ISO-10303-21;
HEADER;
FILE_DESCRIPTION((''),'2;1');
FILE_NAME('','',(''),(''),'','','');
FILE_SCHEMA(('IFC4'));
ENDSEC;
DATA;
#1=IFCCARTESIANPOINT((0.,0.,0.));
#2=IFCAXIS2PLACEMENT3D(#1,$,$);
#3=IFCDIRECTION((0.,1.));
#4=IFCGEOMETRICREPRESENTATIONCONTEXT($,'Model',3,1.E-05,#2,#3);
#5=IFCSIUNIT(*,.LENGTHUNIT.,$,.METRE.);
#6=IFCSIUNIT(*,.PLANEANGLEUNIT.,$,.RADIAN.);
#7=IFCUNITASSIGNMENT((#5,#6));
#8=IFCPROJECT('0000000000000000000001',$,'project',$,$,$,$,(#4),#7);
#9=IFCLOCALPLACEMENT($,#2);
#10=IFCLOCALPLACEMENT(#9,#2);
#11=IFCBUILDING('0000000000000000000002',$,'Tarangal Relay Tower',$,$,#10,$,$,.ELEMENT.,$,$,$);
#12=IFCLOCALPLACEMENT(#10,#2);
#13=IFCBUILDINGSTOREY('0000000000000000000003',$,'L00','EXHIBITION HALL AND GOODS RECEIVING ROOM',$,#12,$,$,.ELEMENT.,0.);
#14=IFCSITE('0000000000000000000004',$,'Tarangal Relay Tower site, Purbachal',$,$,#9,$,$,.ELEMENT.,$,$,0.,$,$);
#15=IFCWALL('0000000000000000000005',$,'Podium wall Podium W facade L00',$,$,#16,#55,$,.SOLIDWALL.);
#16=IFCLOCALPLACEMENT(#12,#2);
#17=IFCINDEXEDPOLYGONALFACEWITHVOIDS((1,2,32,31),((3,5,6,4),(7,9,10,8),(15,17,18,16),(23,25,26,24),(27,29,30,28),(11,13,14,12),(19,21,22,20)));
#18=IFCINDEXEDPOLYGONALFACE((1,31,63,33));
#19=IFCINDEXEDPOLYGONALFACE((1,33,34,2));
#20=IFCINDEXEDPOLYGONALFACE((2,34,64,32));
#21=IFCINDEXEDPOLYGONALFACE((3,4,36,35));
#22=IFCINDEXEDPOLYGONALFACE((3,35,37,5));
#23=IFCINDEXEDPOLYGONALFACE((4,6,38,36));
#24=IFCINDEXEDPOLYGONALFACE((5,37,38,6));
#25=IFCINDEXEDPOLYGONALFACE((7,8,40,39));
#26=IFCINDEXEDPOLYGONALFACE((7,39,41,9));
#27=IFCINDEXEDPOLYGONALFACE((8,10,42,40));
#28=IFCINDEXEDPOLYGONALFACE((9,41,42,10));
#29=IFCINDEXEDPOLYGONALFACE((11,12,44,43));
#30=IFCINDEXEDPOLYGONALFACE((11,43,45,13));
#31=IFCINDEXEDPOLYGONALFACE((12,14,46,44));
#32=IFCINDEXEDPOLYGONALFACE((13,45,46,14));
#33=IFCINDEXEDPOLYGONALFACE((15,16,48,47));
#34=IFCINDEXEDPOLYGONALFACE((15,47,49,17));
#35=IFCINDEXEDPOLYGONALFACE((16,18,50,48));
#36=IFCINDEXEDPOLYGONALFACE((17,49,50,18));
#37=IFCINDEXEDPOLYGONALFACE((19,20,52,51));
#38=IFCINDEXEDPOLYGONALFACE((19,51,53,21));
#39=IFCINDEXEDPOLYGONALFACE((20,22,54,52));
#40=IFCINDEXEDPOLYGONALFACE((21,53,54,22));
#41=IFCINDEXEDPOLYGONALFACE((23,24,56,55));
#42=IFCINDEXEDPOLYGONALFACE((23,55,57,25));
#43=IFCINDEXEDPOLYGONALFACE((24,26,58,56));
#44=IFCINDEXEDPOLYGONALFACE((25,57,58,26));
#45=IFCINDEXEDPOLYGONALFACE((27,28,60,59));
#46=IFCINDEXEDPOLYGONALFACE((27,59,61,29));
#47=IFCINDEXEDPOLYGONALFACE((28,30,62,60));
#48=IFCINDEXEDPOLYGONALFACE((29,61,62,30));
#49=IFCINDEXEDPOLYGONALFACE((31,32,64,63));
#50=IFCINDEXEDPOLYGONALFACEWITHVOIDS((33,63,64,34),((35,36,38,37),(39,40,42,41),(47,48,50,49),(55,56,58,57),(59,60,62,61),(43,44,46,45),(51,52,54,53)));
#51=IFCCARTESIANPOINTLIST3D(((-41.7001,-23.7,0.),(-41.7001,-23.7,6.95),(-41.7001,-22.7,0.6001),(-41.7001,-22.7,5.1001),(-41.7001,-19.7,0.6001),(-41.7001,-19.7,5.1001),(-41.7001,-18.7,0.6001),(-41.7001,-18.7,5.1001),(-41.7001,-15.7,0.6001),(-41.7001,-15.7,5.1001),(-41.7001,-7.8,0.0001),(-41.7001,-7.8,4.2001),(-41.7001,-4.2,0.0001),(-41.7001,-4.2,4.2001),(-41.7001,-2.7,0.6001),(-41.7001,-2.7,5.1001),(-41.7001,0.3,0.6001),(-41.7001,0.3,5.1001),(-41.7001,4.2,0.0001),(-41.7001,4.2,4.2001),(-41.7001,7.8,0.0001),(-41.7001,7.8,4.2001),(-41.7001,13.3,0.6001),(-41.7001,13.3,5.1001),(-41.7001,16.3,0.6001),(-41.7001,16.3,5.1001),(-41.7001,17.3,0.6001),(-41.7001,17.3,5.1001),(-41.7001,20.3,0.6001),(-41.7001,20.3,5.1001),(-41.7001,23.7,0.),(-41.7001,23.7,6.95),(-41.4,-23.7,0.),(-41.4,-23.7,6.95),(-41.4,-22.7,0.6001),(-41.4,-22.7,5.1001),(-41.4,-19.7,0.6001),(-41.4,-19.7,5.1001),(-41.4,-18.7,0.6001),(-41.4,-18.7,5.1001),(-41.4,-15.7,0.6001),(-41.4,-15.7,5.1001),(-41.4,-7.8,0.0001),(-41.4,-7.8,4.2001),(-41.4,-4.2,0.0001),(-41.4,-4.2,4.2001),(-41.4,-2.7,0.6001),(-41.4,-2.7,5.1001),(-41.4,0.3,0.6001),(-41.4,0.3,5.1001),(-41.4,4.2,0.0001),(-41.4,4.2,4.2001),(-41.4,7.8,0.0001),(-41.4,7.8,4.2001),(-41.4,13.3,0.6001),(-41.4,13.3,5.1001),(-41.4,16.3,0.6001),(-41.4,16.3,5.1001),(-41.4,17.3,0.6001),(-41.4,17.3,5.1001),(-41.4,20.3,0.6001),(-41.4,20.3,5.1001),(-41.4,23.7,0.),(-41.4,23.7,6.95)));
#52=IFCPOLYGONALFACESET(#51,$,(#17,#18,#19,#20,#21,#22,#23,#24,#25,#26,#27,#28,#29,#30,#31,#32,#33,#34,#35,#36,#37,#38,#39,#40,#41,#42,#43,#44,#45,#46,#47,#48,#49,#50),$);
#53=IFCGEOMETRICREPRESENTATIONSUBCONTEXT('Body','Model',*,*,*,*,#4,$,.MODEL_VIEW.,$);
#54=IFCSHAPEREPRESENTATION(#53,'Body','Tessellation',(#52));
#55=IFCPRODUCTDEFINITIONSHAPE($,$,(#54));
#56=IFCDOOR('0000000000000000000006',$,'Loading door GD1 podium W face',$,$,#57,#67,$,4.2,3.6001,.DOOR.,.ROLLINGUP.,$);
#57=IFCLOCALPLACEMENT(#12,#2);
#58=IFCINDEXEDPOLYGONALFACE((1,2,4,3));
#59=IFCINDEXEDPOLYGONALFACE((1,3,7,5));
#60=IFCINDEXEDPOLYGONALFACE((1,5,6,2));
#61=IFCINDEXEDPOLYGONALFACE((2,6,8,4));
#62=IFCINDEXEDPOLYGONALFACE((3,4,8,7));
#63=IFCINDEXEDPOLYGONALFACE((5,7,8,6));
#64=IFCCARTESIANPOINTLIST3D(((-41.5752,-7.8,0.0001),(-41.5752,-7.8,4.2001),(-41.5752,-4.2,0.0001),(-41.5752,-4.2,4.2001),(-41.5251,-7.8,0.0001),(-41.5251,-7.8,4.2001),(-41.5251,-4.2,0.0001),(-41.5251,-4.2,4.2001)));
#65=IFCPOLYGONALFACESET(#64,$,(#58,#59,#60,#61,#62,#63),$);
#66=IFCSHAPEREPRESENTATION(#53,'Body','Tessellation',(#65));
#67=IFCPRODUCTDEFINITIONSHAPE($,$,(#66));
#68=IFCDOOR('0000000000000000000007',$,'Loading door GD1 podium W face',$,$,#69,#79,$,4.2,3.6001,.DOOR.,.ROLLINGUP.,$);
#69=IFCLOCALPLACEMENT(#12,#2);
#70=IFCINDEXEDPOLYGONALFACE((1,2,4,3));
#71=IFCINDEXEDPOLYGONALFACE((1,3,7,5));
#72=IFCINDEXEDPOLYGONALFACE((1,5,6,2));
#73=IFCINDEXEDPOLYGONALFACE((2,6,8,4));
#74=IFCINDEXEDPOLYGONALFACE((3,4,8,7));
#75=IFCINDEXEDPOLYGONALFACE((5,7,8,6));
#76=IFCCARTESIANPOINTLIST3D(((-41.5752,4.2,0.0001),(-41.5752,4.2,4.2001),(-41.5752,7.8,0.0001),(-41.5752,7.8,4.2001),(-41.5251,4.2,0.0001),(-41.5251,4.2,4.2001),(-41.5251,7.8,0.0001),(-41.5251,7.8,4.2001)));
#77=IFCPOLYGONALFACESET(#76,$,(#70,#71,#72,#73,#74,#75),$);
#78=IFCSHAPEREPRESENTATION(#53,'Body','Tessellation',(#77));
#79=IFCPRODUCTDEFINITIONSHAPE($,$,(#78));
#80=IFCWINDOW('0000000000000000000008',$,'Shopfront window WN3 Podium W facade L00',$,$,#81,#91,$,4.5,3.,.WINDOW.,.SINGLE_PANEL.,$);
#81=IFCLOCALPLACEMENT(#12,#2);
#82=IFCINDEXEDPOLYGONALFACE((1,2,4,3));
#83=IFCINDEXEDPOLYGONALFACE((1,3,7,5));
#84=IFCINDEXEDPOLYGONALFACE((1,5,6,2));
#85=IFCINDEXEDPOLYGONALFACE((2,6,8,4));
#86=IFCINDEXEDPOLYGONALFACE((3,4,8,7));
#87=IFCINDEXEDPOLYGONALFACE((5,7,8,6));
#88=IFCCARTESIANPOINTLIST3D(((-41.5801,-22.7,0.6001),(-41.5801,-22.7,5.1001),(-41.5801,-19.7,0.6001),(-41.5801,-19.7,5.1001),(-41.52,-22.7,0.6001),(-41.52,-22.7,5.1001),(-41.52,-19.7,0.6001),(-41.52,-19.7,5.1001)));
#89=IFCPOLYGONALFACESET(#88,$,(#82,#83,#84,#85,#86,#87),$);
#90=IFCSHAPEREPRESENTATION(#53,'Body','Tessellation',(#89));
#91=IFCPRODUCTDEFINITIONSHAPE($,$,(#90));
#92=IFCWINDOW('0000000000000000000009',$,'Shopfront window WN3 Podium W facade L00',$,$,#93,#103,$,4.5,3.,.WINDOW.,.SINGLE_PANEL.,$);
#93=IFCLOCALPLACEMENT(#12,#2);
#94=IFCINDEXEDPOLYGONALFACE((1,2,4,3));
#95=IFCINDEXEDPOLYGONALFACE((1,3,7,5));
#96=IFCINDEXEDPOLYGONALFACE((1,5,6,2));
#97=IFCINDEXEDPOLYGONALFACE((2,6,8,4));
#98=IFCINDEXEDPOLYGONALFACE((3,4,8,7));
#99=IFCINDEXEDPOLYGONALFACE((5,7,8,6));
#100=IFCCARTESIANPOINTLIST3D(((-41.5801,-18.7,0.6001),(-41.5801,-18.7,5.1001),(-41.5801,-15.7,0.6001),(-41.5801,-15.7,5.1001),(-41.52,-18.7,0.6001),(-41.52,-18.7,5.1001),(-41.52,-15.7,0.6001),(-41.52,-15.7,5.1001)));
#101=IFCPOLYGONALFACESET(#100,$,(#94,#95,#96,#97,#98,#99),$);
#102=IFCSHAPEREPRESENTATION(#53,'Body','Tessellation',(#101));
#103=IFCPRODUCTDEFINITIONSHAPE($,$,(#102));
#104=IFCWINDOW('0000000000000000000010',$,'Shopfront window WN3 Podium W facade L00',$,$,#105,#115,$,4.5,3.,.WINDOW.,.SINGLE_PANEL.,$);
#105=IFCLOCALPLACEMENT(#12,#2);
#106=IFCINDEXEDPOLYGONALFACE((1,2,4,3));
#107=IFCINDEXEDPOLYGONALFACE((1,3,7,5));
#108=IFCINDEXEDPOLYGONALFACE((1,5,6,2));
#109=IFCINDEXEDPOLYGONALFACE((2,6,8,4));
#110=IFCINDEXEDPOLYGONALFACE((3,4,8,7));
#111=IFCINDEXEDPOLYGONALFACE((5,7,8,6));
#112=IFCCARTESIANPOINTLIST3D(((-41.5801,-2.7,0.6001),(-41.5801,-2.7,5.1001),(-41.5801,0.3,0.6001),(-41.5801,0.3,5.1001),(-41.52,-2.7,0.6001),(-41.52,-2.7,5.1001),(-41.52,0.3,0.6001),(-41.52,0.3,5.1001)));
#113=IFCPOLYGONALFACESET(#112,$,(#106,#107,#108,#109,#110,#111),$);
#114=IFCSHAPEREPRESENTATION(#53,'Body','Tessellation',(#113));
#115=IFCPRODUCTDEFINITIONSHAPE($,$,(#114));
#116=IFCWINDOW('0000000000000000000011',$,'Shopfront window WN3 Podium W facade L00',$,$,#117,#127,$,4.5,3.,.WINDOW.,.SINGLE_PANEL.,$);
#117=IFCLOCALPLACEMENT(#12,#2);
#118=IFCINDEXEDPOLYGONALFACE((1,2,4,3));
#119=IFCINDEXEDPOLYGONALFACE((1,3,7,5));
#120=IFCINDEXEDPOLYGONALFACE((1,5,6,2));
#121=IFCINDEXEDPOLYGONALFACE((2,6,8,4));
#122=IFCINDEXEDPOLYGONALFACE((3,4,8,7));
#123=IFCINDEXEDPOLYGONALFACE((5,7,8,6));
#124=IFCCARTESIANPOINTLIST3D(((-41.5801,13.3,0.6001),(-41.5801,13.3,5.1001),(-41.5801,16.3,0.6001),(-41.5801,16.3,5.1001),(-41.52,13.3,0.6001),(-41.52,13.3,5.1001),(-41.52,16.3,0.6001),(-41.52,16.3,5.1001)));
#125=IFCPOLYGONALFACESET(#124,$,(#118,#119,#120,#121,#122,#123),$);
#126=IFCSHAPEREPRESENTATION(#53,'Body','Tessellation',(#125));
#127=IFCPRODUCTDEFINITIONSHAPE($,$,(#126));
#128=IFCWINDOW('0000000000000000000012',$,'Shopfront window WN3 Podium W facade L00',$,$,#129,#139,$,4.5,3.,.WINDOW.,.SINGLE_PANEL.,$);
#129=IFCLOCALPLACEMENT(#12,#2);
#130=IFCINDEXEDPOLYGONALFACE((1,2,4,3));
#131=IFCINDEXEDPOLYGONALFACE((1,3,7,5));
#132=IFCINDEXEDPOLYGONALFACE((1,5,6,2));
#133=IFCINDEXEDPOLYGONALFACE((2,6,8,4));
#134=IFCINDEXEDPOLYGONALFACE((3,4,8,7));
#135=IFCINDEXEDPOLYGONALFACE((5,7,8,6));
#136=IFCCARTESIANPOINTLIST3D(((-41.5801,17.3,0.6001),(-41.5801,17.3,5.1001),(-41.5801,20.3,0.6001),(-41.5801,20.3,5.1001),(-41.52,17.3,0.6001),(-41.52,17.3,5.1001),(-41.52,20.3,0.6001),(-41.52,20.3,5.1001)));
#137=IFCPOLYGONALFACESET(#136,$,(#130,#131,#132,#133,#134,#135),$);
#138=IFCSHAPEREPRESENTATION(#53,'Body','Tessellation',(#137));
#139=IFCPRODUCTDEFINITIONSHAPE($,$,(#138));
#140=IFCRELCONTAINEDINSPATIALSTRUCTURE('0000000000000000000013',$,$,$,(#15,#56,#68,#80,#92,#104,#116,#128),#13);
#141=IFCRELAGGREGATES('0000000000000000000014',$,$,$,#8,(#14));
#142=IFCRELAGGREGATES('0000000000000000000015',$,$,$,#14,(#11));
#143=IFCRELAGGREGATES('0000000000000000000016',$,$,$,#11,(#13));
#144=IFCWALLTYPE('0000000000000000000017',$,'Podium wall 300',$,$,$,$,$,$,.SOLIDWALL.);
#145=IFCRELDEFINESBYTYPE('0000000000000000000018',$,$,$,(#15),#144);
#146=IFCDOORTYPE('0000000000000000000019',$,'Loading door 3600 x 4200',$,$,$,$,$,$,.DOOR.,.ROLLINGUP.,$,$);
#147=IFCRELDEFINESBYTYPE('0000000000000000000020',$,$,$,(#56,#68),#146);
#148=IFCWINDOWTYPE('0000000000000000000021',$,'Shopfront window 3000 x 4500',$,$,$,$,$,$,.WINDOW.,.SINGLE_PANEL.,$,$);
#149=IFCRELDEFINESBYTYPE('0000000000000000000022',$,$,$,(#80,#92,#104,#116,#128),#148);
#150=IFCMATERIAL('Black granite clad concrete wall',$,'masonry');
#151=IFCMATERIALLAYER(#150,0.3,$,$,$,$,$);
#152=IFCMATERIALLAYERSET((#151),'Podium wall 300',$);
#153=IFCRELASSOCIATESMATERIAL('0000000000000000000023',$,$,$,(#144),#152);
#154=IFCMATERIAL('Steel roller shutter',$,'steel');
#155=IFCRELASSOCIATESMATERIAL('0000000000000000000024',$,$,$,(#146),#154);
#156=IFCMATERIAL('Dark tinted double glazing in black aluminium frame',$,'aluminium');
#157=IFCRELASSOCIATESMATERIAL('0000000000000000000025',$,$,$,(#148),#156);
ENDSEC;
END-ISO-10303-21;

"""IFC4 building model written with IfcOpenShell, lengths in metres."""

from ifc_helpers import new_model, si_unit, direction, frame, frame_2d, origin, place, context, subcontext, project, spatial, rectangle, extrude, material, layer, layer_set, type_object, element, fill, save


model = new_model("IFC4")

# Units and contexts
model_context = context("Model", 3, precision=1e-05, world=origin(), true_north=direction((0.0, 1.0)))
body_context = subcontext(model_context, "Body", "Model", "MODEL_VIEW")
ifc_project = project(units=[si_unit("LENGTHUNIT", "METRE"), si_unit("PLANEANGLEUNIT", "RADIAN")], contexts=[model_context])

# Site, building, storey
site_placement = place(None, origin())
site = spatial("IfcSite", under=ifc_project, at=site_placement, Name="Tarangal Relay Tower site, Purbachal", CompositionType="ELEMENT", RefElevation=0.0)
building_placement = place(site_placement, origin())
building = spatial("IfcBuilding", under=site, at=building_placement, Name="Tarangal Relay Tower", CompositionType="ELEMENT")
storey_placement = place(building_placement, origin())
storey = spatial("IfcBuildingStorey", under=building, at=storey_placement, Name="L00", Description="EXHIBITION HALL AND GOODS RECEIVING ROOM", CompositionType="ELEMENT", Elevation=0.0)

# Shared definitions
ifc_material_1 = material(Name="Black granite clad concrete wall", Category="masonry")
ifc_layer_1 = layer(ifc_material_1, 0.3)
ifc_layer_set_1 = layer_set([ifc_layer_1], Name="Podium wall 300")
wall_type_1 = type_object("IfcWallType", Name="Podium wall 300", PredefinedType="SOLIDWALL", material=ifc_layer_set_1)

# Wall, openings, doors, windows
wall_1_placement = place(storey_placement, frame((-41.55, 23.7, 0.0), z_axis=(0.0, 0.0, 1.0), x_axis=(0.0, -1.0, 0.0)))
wall_1 = element("IfcWall", 1, at=wall_1_placement, inside=storey, type_object=wall_type_1, Name="Podium wall Podium W facade L00", PredefinedType="SOLIDWALL", context=body_context, shape_type="SweptSolid", body=[
    extrude(rectangle(XDim=47.3999, YDim=0.3, at=frame_2d((23.7, 0.0))), origin(), (0.0, 0.0, 1.0), 6.95),
])
opening_1_placement = place(wall_1_placement, frame((27.8999, 0.0, 0.0)))
opening_1 = element("IfcOpeningElement", 2, at=opening_1_placement, cuts=wall_1, PredefinedType="OPENING", context=body_context, shape_type="SweptSolid", body=[
    extrude(rectangle(XDim=3.6001, YDim=4.2, at=frame_2d((1.8, 2.1001))), frame((0.0, 0.1599, 0.0), z_axis=(0.0, -1.0, 0.0), x_axis=(1.0, 0.0, 0.0)), (0.0, 0.0, 1.0), 0.3201),
])
opening_2_placement = place(wall_1_placement, frame((15.8999, 0.0, 0.0)))
opening_2 = element("IfcOpeningElement", 3, at=opening_2_placement, cuts=wall_1, PredefinedType="OPENING", context=body_context, shape_type="SweptSolid", body=[
    extrude(rectangle(XDim=3.6001, YDim=4.2, at=frame_2d((1.8, 2.1001))), frame((0.0, 0.1599, 0.0), z_axis=(0.0, -1.0, 0.0), x_axis=(1.0, 0.0, 0.0)), (0.0, 0.0, 1.0), 0.3201),
])
opening_3_placement = place(wall_1_placement, frame((43.3999, 0.0, 0.6001)))
opening_3 = element("IfcOpeningElement", 4, at=opening_3_placement, cuts=wall_1, PredefinedType="OPENING", context=body_context, shape_type="SweptSolid", body=[
    extrude(rectangle(XDim=3.0, YDim=4.5, at=frame_2d((1.5, 2.25))), frame((0.0, 0.1599, 0.0), z_axis=(0.0, -1.0, 0.0), x_axis=(1.0, 0.0, 0.0)), (0.0, 0.0, 1.0), 0.3201),
])
opening_4_placement = place(wall_1_placement, frame((39.3999, 0.0, 0.6001)))
opening_4 = element("IfcOpeningElement", 5, at=opening_4_placement, cuts=wall_1, PredefinedType="OPENING", context=body_context, shape_type="SweptSolid", body=[
    extrude(rectangle(XDim=3.0, YDim=4.5, at=frame_2d((1.5, 2.25))), frame((0.0, 0.1599, 0.0), z_axis=(0.0, -1.0, 0.0), x_axis=(1.0, 0.0, 0.0)), (0.0, 0.0, 1.0), 0.3201),
])
opening_5_placement = place(wall_1_placement, frame((23.3999, 0.0, 0.6001)))
opening_5 = element("IfcOpeningElement", 6, at=opening_5_placement, cuts=wall_1, PredefinedType="OPENING", context=body_context, shape_type="SweptSolid", body=[
    extrude(rectangle(XDim=3.0, YDim=4.5, at=frame_2d((1.5, 2.25))), frame((0.0, 0.1599, 0.0), z_axis=(0.0, -1.0, 0.0), x_axis=(1.0, 0.0, 0.0)), (0.0, 0.0, 1.0), 0.3201),
])
opening_6_placement = place(wall_1_placement, frame((7.3999, 0.0, 0.6001)))
opening_6 = element("IfcOpeningElement", 7, at=opening_6_placement, cuts=wall_1, PredefinedType="OPENING", context=body_context, shape_type="SweptSolid", body=[
    extrude(rectangle(XDim=3.0, YDim=4.5, at=frame_2d((1.5, 2.25))), frame((0.0, 0.1599, 0.0), z_axis=(0.0, -1.0, 0.0), x_axis=(1.0, 0.0, 0.0)), (0.0, 0.0, 1.0), 0.3201),
])
opening_7_placement = place(wall_1_placement, frame((3.3999, 0.0, 0.6001)))
opening_7 = element("IfcOpeningElement", 8, at=opening_7_placement, cuts=wall_1, PredefinedType="OPENING", context=body_context, shape_type="SweptSolid", body=[
    extrude(rectangle(XDim=3.0, YDim=4.5, at=frame_2d((1.5, 2.25))), frame((0.0, 0.1599, 0.0), z_axis=(0.0, -1.0, 0.0), x_axis=(1.0, 0.0, 0.0)), (0.0, 0.0, 1.0), 0.3201),
])
ifc_material_2 = material(Name="Steel roller shutter", Category="steel")
door_type_1 = type_object("IfcDoorType", Name="Loading door 3600 x 4200", OperationType="ROLLINGUP", PredefinedType="DOOR", material=ifc_material_2)
door_1_placement = place(opening_1_placement, origin())
door_1 = element("IfcDoor", 9, at=door_1_placement, inside=storey, type_object=door_type_1, Name="Loading door GD1 podium W face", OperationType="ROLLINGUP", OverallHeight=4.2, OverallWidth=3.6001, PredefinedType="DOOR", context=body_context, shape_type="SweptSolid", body=[
    extrude(rectangle(XDim=3.6001, YDim=4.2, at=frame_2d((1.8, 2.1001))), frame((0.0, 0.0249, 0.0), z_axis=(0.0, -1.0, 0.0), x_axis=(1.0, 0.0, 0.0)), (0.0, 0.0, 1.0), 0.05),
])
fill(opening_1, door_1)
door_2_placement = place(opening_2_placement, origin())
door_2 = element("IfcDoor", 10, at=door_2_placement, inside=storey, type_object=door_type_1, Name="Loading door GD1 podium W face", OperationType="ROLLINGUP", OverallHeight=4.2, OverallWidth=3.6001, PredefinedType="DOOR", context=body_context, shape_type="SweptSolid", body=[
    extrude(rectangle(XDim=3.6001, YDim=4.2, at=frame_2d((1.8, 2.1001))), frame((0.0, 0.0249, 0.0), z_axis=(0.0, -1.0, 0.0), x_axis=(1.0, 0.0, 0.0)), (0.0, 0.0, 1.0), 0.05),
])
fill(opening_2, door_2)
ifc_material_3 = material(Name="Dark tinted double glazing in black aluminium frame", Category="aluminium")
window_type = type_object("IfcWindowType", Name="Shopfront window 3000 x 4500", PartitioningType="SINGLE_PANEL", PredefinedType="WINDOW", material=ifc_material_3)
window_1_placement = place(opening_3_placement, origin())
window_1 = element("IfcWindow", 11, at=window_1_placement, inside=storey, type_object=window_type, Name="Shopfront window WN3 Podium W facade L00", OverallHeight=4.5, OverallWidth=3.0, PartitioningType="SINGLE_PANEL", PredefinedType="WINDOW", context=body_context, shape_type="SweptSolid", body=[
    extrude(rectangle(XDim=3.0, YDim=4.5, at=frame_2d((1.5, 2.25))), frame((0.0, 0.03, 0.0), z_axis=(0.0, -1.0, 0.0), x_axis=(1.0, 0.0, 0.0)), (0.0, 0.0, 1.0), 0.0601),
])
fill(opening_3, window_1)
window_2_placement = place(opening_4_placement, origin())
window_2 = element("IfcWindow", 12, at=window_2_placement, inside=storey, type_object=window_type, Name="Shopfront window WN3 Podium W facade L00", OverallHeight=4.5, OverallWidth=3.0, PartitioningType="SINGLE_PANEL", PredefinedType="WINDOW", context=body_context, shape_type="SweptSolid", body=[
    extrude(rectangle(XDim=3.0, YDim=4.5, at=frame_2d((1.5, 2.25))), frame((0.0, 0.03, 0.0), z_axis=(0.0, -1.0, 0.0), x_axis=(1.0, 0.0, 0.0)), (0.0, 0.0, 1.0), 0.0601),
])
fill(opening_4, window_2)
window_3_placement = place(opening_5_placement, origin())
window_3 = element("IfcWindow", 13, at=window_3_placement, inside=storey, type_object=window_type, Name="Shopfront window WN3 Podium W facade L00", OverallHeight=4.5, OverallWidth=3.0, PartitioningType="SINGLE_PANEL", PredefinedType="WINDOW", context=body_context, shape_type="SweptSolid", body=[
    extrude(rectangle(XDim=3.0, YDim=4.5, at=frame_2d((1.5, 2.25))), frame((0.0, 0.03, 0.0), z_axis=(0.0, -1.0, 0.0), x_axis=(1.0, 0.0, 0.0)), (0.0, 0.0, 1.0), 0.0601),
])
fill(opening_5, window_3)
window_4_placement = place(opening_6_placement, origin())
window_4 = element("IfcWindow", 14, at=window_4_placement, inside=storey, type_object=window_type, Name="Shopfront window WN3 Podium W facade L00", OverallHeight=4.5, OverallWidth=3.0, PartitioningType="SINGLE_PANEL", PredefinedType="WINDOW", context=body_context, shape_type="SweptSolid", body=[
    extrude(rectangle(XDim=3.0, YDim=4.5, at=frame_2d((1.5, 2.25))), frame((0.0, 0.03, 0.0), z_axis=(0.0, -1.0, 0.0), x_axis=(1.0, 0.0, 0.0)), (0.0, 0.0, 1.0), 0.0601),
])
fill(opening_6, window_4)
window_5_placement = place(opening_7_placement, origin())
window_5 = element("IfcWindow", 15, at=window_5_placement, inside=storey, type_object=window_type, Name="Shopfront window WN3 Podium W facade L00", OverallHeight=4.5, OverallWidth=3.0, PartitioningType="SINGLE_PANEL", PredefinedType="WINDOW", context=body_context, shape_type="SweptSolid", body=[
    extrude(rectangle(XDim=3.0, YDim=4.5, at=frame_2d((1.5, 2.25))), frame((0.0, 0.03, 0.0), z_axis=(0.0, -1.0, 0.0), x_axis=(1.0, 0.0, 0.0)), (0.0, 0.0, 1.0), 0.0601),
])
fill(opening_7, window_5)

save(model, "model.ifc")
